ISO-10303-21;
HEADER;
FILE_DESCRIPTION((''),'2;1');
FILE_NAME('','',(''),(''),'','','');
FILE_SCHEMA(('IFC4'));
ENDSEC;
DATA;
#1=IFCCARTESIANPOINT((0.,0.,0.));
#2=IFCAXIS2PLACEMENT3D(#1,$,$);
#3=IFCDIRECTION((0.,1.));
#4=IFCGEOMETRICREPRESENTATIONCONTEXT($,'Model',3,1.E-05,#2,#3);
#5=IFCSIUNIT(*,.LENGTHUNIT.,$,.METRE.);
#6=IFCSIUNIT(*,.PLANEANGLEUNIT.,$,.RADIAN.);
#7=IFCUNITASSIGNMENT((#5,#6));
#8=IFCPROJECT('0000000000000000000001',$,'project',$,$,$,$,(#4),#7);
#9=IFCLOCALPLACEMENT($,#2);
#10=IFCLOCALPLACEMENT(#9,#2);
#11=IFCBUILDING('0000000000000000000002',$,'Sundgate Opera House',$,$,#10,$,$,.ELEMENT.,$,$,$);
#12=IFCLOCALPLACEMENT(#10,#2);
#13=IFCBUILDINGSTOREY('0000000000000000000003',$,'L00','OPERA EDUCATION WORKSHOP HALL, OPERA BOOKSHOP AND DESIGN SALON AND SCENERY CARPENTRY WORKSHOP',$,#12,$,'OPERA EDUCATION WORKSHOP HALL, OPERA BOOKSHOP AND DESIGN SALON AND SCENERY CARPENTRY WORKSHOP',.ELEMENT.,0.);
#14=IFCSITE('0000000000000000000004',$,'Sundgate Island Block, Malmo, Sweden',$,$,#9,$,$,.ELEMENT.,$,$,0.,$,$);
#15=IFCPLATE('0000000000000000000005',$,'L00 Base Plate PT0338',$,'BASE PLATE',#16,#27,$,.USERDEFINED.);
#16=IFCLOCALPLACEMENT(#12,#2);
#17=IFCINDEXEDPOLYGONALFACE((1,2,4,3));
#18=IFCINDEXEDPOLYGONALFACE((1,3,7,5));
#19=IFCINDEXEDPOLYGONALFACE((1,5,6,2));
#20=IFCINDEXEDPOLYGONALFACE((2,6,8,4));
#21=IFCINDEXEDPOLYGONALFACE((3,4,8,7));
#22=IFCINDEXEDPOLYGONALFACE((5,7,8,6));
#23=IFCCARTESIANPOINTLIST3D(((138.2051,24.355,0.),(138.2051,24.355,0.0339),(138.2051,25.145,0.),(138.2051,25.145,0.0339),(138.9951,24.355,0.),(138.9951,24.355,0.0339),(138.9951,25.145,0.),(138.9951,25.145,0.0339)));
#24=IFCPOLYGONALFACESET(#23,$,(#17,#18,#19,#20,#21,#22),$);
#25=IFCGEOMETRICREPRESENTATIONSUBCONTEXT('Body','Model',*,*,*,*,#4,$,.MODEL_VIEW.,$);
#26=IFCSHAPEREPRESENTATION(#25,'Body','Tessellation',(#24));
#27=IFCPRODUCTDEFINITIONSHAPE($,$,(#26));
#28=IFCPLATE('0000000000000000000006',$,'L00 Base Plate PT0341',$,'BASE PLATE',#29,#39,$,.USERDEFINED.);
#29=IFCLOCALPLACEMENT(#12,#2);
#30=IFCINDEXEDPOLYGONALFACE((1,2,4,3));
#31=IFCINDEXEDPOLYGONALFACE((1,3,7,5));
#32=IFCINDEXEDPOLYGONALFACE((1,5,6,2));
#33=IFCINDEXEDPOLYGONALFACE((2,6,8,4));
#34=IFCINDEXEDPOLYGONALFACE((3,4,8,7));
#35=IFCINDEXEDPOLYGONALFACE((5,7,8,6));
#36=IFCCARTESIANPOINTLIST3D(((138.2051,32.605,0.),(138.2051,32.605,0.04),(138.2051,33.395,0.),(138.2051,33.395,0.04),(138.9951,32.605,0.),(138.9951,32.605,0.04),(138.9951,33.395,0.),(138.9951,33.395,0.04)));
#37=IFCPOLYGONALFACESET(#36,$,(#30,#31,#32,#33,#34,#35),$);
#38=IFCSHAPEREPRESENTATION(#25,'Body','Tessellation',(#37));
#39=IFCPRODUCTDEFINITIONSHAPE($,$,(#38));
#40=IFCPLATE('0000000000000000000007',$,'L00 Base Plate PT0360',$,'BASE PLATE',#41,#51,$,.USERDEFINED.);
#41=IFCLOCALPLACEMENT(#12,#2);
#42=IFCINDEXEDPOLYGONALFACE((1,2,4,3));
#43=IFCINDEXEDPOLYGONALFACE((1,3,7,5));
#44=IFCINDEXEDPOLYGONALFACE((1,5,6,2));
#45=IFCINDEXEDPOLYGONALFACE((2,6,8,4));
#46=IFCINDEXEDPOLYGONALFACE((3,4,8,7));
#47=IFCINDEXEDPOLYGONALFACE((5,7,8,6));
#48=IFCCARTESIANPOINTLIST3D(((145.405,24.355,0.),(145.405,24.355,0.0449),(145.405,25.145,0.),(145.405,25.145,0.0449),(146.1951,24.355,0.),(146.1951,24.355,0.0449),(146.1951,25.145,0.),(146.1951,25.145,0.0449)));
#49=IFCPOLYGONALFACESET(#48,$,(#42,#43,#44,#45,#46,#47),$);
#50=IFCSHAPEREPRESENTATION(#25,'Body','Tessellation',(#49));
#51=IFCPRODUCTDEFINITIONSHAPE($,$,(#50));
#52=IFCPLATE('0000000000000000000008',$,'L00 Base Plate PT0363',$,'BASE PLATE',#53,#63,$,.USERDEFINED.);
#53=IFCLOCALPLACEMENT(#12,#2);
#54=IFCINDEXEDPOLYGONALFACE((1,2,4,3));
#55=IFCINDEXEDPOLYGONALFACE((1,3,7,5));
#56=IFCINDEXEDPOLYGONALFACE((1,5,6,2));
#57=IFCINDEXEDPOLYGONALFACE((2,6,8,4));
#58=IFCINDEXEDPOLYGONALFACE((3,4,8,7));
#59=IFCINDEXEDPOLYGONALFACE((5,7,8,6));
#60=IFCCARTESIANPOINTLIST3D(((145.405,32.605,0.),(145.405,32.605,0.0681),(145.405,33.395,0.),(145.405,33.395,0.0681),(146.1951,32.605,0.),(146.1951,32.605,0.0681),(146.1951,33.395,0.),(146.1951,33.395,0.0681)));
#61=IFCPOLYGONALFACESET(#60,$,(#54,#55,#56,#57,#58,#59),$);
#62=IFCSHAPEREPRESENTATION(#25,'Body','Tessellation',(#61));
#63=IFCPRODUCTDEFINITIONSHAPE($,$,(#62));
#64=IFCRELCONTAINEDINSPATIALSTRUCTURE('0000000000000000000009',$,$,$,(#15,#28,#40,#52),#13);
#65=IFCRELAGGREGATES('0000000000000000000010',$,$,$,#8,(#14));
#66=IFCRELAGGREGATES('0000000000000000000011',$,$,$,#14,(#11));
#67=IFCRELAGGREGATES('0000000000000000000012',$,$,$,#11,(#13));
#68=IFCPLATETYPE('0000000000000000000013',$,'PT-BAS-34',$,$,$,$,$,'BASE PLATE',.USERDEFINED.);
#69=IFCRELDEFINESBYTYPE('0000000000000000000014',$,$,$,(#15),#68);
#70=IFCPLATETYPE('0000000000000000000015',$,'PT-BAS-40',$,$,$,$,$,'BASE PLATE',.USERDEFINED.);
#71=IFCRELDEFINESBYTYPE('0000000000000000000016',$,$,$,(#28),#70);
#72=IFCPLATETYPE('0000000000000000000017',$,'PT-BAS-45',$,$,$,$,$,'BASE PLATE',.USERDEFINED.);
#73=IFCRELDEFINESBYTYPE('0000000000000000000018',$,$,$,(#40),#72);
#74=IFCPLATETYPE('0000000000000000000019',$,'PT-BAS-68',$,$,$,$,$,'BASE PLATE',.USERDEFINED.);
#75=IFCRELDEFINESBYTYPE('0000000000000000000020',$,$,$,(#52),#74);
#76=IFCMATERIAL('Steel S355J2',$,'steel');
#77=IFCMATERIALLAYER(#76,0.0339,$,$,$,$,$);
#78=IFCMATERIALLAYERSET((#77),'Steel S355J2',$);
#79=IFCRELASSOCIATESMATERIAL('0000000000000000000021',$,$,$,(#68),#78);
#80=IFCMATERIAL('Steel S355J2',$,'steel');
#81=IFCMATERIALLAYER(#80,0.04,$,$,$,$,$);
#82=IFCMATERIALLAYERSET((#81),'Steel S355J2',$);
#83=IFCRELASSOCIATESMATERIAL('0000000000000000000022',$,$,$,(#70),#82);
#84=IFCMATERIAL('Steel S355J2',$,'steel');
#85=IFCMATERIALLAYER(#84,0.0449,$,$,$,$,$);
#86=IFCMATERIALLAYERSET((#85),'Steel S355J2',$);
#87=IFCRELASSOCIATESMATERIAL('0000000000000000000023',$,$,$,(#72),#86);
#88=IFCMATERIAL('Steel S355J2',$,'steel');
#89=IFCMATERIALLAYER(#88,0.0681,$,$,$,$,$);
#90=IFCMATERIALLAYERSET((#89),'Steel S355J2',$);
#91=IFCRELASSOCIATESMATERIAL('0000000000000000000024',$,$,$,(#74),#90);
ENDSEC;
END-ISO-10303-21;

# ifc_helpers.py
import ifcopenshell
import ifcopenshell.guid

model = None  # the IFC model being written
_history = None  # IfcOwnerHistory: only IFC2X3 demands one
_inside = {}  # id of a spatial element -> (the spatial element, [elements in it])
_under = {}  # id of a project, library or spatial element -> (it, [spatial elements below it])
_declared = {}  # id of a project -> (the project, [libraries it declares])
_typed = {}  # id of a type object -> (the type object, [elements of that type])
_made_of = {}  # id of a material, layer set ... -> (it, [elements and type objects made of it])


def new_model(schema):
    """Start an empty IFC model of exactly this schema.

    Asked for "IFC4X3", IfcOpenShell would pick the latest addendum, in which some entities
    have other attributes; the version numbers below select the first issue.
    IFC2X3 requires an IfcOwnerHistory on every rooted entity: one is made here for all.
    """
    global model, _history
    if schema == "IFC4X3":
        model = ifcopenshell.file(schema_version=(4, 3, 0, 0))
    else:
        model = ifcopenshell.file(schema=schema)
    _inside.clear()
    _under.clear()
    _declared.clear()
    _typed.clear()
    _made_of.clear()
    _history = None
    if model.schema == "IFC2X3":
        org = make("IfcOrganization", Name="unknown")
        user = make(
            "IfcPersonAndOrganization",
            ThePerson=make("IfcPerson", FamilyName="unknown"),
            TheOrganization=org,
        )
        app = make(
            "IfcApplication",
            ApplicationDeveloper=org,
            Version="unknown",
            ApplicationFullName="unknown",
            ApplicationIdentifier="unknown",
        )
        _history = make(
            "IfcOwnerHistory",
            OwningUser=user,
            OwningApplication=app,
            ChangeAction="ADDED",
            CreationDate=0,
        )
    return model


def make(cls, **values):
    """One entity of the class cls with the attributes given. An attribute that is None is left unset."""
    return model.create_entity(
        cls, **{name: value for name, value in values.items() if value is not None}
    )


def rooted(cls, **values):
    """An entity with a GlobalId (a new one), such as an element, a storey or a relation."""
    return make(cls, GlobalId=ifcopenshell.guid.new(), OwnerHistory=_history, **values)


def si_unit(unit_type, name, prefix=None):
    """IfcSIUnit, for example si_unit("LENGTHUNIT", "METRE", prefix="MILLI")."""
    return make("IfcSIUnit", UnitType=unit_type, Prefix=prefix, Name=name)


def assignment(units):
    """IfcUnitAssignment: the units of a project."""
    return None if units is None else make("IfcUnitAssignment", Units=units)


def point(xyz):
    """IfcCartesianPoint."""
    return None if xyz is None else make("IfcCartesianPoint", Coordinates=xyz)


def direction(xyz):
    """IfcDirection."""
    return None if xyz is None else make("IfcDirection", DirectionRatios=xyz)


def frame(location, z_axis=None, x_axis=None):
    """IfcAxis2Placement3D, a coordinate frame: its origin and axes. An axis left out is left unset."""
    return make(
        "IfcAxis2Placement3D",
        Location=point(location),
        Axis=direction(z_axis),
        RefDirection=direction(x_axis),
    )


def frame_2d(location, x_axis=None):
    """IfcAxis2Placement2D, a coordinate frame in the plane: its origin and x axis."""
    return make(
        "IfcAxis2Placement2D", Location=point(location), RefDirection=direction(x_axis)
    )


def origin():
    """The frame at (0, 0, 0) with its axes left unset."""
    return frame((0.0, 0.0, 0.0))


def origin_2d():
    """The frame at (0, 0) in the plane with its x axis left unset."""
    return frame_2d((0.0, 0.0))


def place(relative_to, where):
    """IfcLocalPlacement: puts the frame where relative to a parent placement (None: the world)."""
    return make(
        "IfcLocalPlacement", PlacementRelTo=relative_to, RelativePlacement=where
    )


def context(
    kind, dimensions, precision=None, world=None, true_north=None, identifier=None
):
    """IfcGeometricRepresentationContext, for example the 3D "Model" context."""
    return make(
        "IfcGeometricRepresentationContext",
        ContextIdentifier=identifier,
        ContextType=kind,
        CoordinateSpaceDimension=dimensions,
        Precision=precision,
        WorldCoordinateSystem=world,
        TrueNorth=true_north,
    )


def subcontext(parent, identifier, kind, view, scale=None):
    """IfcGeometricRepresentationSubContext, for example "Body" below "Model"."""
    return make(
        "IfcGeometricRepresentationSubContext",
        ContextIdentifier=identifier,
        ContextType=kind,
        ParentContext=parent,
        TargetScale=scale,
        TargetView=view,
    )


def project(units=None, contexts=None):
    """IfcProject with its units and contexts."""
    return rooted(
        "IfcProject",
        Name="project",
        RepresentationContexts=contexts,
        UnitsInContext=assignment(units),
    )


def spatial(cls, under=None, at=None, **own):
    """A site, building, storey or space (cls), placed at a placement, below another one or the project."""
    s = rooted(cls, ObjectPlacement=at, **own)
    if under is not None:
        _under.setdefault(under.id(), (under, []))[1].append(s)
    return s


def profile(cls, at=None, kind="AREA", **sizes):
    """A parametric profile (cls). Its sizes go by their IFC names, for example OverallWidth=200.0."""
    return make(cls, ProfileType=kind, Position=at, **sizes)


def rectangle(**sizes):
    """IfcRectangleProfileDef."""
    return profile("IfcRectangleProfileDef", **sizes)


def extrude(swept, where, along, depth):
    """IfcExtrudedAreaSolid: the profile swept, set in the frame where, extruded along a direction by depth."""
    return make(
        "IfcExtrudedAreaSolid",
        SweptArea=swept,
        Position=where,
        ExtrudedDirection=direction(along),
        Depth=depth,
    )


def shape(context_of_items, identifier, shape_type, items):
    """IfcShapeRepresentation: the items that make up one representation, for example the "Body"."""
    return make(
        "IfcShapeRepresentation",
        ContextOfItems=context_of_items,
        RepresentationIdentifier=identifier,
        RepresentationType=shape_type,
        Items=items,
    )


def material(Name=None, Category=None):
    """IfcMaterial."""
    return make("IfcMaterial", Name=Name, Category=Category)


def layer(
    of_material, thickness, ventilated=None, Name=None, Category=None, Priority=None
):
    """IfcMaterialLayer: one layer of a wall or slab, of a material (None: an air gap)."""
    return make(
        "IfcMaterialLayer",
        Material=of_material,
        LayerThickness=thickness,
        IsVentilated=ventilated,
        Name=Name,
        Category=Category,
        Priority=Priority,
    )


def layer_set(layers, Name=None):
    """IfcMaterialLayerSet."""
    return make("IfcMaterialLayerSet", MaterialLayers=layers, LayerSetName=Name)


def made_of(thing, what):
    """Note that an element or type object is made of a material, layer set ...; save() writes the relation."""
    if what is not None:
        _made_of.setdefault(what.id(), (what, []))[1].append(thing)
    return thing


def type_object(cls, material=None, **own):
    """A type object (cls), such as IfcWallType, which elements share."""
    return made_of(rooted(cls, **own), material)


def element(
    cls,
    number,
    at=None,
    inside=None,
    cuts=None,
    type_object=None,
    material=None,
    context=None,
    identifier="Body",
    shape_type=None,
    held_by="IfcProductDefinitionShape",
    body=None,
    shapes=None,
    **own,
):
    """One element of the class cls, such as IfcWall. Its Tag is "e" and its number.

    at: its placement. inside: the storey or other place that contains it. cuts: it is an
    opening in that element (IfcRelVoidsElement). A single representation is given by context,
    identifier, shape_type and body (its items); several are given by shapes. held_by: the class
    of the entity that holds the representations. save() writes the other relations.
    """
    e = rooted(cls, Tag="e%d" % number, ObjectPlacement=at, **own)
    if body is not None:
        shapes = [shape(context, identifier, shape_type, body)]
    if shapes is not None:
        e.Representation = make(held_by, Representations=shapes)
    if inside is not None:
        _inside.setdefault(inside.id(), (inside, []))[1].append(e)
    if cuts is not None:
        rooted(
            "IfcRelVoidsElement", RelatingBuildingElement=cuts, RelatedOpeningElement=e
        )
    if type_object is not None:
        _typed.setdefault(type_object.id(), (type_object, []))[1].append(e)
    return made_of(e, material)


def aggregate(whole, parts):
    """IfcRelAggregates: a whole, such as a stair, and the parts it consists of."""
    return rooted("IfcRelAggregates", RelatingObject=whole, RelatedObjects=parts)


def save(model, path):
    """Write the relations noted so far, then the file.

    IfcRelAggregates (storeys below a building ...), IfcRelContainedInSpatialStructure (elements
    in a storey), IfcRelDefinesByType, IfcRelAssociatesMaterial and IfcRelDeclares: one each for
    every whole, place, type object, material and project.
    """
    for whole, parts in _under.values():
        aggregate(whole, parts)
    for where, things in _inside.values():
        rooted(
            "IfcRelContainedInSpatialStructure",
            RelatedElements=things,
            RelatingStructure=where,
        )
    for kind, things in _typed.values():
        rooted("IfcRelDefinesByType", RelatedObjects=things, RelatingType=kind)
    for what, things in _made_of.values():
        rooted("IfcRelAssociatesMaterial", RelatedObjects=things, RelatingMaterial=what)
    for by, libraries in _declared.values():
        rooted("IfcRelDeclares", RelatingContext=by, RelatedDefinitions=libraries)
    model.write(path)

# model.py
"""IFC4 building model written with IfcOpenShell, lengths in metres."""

from ifc_helpers import new_model, si_unit, direction, frame, origin, origin_2d, place, context, subcontext, project, spatial, rectangle, extrude, material, layer, layer_set, type_object, element, save


model = new_model("IFC4")

# Units and contexts
model_context = context("Model", 3, precision=1e-05, world=origin(), true_north=direction((0.0, 1.0)))
body_context = subcontext(model_context, "Body", "Model", "MODEL_VIEW")
ifc_project = project(units=[si_unit("LENGTHUNIT", "METRE"), si_unit("PLANEANGLEUNIT", "RADIAN")], contexts=[model_context])

# Site, building, storey
site_placement = place(None, origin())
site = spatial("IfcSite", under=ifc_project, at=site_placement, Name="Sundgate Island Block, Malmo, Sweden", CompositionType="ELEMENT", RefElevation=0.0)
building_placement = place(site_placement, origin())
building = spatial("IfcBuilding", under=site, at=building_placement, Name="Sundgate Opera House", CompositionType="ELEMENT")
storey_placement = place(building_placement, origin())
storey = spatial("IfcBuildingStorey", under=building, at=storey_placement, Name="L00", Description="OPERA EDUCATION WORKSHOP HALL, OPERA BOOKSHOP AND DESIGN SALON AND SCENERY CARPENTRY WORKSHOP", LongName="OPERA EDUCATION WORKSHOP HALL, OPERA BOOKSHOP AND DESIGN SALON AND SCENERY CARPENTRY WORKSHOP", CompositionType="ELEMENT", Elevation=0.0)

# Plates
ifc_material_1 = material(Name="Steel S355J2", Category="steel")
ifc_layer_1 = layer(ifc_material_1, 0.0339)
ifc_layer_set_1 = layer_set([ifc_layer_1], Name="Steel S355J2")
plate_type_1 = type_object("IfcPlateType", Name="PT-BAS-34", ElementType="BASE PLATE", PredefinedType="USERDEFINED", material=ifc_layer_set_1)
plate_1_placement = place(storey_placement, frame((138.6001, 24.75, 0.0), z_axis=(0.0, 0.0, 1.0), x_axis=(1.0, 0.0, 0.0)))
element("IfcPlate", 1, at=plate_1_placement, inside=storey, type_object=plate_type_1, Name="L00 Base Plate PT0338", ObjectType="BASE PLATE", PredefinedType="USERDEFINED", context=body_context, shape_type="SweptSolid", body=[
    extrude(rectangle(XDim=0.79, YDim=0.79, at=origin_2d()), origin(), (0.0, 0.0, 1.0), 0.0339),
])
ifc_material_2 = material(Name="Steel S355J2", Category="steel")
ifc_layer_2 = layer(ifc_material_2, 0.04)
ifc_layer_set_2 = layer_set([ifc_layer_2], Name="Steel S355J2")
plate_type_2 = type_object("IfcPlateType", Name="PT-BAS-40", ElementType="BASE PLATE", PredefinedType="USERDEFINED", material=ifc_layer_set_2)
plate_2_placement = place(storey_placement, frame((138.6001, 33.0, 0.0), z_axis=(0.0, 0.0, 1.0), x_axis=(1.0, 0.0, 0.0)))
element("IfcPlate", 2, at=plate_2_placement, inside=storey, type_object=plate_type_2, Name="L00 Base Plate PT0341", ObjectType="BASE PLATE", PredefinedType="USERDEFINED", context=body_context, shape_type="SweptSolid", body=[
    extrude(rectangle(XDim=0.79, YDim=0.79, at=origin_2d()), origin(), (0.0, 0.0, 1.0), 0.04),
])
ifc_material_3 = material(Name="Steel S355J2", Category="steel")
ifc_layer_3 = layer(ifc_material_3, 0.0449)
ifc_layer_set_3 = layer_set([ifc_layer_3], Name="Steel S355J2")
plate_type_3 = type_object("IfcPlateType", Name="PT-BAS-45", ElementType="BASE PLATE", PredefinedType="USERDEFINED", material=ifc_layer_set_3)
plate_3_placement = place(storey_placement, frame((145.8, 24.75, 0.0), z_axis=(0.0, 0.0, 1.0), x_axis=(1.0, 0.0, 0.0)))
element("IfcPlate", 3, at=plate_3_placement, inside=storey, type_object=plate_type_3, Name="L00 Base Plate PT0360", ObjectType="BASE PLATE", PredefinedType="USERDEFINED", context=body_context, shape_type="SweptSolid", body=[
    extrude(rectangle(XDim=0.79, YDim=0.79, at=origin_2d()), origin(), (0.0, 0.0, 1.0), 0.0449),
])
ifc_material_4 = material(Name="Steel S355J2", Category="steel")
ifc_layer_4 = layer(ifc_material_4, 0.0681)
ifc_layer_set_4 = layer_set([ifc_layer_4], Name="Steel S355J2")
plate_type_4 = type_object("IfcPlateType", Name="PT-BAS-68", ElementType="BASE PLATE", PredefinedType="USERDEFINED", material=ifc_layer_set_4)
plate_4_placement = place(storey_placement, frame((145.8, 33.0, 0.0), z_axis=(0.0, 0.0, 1.0), x_axis=(1.0, 0.0, 0.0)))
element("IfcPlate", 4, at=plate_4_placement, inside=storey, type_object=plate_type_4, Name="L00 Base Plate PT0363", ObjectType="BASE PLATE", PredefinedType="USERDEFINED", context=body_context, shape_type="SweptSolid", body=[
    extrude(rectangle(XDim=0.79, YDim=0.79, at=origin_2d()), origin(), (0.0, 0.0, 1.0), 0.0681),
])

save(model, "model.ifc")
